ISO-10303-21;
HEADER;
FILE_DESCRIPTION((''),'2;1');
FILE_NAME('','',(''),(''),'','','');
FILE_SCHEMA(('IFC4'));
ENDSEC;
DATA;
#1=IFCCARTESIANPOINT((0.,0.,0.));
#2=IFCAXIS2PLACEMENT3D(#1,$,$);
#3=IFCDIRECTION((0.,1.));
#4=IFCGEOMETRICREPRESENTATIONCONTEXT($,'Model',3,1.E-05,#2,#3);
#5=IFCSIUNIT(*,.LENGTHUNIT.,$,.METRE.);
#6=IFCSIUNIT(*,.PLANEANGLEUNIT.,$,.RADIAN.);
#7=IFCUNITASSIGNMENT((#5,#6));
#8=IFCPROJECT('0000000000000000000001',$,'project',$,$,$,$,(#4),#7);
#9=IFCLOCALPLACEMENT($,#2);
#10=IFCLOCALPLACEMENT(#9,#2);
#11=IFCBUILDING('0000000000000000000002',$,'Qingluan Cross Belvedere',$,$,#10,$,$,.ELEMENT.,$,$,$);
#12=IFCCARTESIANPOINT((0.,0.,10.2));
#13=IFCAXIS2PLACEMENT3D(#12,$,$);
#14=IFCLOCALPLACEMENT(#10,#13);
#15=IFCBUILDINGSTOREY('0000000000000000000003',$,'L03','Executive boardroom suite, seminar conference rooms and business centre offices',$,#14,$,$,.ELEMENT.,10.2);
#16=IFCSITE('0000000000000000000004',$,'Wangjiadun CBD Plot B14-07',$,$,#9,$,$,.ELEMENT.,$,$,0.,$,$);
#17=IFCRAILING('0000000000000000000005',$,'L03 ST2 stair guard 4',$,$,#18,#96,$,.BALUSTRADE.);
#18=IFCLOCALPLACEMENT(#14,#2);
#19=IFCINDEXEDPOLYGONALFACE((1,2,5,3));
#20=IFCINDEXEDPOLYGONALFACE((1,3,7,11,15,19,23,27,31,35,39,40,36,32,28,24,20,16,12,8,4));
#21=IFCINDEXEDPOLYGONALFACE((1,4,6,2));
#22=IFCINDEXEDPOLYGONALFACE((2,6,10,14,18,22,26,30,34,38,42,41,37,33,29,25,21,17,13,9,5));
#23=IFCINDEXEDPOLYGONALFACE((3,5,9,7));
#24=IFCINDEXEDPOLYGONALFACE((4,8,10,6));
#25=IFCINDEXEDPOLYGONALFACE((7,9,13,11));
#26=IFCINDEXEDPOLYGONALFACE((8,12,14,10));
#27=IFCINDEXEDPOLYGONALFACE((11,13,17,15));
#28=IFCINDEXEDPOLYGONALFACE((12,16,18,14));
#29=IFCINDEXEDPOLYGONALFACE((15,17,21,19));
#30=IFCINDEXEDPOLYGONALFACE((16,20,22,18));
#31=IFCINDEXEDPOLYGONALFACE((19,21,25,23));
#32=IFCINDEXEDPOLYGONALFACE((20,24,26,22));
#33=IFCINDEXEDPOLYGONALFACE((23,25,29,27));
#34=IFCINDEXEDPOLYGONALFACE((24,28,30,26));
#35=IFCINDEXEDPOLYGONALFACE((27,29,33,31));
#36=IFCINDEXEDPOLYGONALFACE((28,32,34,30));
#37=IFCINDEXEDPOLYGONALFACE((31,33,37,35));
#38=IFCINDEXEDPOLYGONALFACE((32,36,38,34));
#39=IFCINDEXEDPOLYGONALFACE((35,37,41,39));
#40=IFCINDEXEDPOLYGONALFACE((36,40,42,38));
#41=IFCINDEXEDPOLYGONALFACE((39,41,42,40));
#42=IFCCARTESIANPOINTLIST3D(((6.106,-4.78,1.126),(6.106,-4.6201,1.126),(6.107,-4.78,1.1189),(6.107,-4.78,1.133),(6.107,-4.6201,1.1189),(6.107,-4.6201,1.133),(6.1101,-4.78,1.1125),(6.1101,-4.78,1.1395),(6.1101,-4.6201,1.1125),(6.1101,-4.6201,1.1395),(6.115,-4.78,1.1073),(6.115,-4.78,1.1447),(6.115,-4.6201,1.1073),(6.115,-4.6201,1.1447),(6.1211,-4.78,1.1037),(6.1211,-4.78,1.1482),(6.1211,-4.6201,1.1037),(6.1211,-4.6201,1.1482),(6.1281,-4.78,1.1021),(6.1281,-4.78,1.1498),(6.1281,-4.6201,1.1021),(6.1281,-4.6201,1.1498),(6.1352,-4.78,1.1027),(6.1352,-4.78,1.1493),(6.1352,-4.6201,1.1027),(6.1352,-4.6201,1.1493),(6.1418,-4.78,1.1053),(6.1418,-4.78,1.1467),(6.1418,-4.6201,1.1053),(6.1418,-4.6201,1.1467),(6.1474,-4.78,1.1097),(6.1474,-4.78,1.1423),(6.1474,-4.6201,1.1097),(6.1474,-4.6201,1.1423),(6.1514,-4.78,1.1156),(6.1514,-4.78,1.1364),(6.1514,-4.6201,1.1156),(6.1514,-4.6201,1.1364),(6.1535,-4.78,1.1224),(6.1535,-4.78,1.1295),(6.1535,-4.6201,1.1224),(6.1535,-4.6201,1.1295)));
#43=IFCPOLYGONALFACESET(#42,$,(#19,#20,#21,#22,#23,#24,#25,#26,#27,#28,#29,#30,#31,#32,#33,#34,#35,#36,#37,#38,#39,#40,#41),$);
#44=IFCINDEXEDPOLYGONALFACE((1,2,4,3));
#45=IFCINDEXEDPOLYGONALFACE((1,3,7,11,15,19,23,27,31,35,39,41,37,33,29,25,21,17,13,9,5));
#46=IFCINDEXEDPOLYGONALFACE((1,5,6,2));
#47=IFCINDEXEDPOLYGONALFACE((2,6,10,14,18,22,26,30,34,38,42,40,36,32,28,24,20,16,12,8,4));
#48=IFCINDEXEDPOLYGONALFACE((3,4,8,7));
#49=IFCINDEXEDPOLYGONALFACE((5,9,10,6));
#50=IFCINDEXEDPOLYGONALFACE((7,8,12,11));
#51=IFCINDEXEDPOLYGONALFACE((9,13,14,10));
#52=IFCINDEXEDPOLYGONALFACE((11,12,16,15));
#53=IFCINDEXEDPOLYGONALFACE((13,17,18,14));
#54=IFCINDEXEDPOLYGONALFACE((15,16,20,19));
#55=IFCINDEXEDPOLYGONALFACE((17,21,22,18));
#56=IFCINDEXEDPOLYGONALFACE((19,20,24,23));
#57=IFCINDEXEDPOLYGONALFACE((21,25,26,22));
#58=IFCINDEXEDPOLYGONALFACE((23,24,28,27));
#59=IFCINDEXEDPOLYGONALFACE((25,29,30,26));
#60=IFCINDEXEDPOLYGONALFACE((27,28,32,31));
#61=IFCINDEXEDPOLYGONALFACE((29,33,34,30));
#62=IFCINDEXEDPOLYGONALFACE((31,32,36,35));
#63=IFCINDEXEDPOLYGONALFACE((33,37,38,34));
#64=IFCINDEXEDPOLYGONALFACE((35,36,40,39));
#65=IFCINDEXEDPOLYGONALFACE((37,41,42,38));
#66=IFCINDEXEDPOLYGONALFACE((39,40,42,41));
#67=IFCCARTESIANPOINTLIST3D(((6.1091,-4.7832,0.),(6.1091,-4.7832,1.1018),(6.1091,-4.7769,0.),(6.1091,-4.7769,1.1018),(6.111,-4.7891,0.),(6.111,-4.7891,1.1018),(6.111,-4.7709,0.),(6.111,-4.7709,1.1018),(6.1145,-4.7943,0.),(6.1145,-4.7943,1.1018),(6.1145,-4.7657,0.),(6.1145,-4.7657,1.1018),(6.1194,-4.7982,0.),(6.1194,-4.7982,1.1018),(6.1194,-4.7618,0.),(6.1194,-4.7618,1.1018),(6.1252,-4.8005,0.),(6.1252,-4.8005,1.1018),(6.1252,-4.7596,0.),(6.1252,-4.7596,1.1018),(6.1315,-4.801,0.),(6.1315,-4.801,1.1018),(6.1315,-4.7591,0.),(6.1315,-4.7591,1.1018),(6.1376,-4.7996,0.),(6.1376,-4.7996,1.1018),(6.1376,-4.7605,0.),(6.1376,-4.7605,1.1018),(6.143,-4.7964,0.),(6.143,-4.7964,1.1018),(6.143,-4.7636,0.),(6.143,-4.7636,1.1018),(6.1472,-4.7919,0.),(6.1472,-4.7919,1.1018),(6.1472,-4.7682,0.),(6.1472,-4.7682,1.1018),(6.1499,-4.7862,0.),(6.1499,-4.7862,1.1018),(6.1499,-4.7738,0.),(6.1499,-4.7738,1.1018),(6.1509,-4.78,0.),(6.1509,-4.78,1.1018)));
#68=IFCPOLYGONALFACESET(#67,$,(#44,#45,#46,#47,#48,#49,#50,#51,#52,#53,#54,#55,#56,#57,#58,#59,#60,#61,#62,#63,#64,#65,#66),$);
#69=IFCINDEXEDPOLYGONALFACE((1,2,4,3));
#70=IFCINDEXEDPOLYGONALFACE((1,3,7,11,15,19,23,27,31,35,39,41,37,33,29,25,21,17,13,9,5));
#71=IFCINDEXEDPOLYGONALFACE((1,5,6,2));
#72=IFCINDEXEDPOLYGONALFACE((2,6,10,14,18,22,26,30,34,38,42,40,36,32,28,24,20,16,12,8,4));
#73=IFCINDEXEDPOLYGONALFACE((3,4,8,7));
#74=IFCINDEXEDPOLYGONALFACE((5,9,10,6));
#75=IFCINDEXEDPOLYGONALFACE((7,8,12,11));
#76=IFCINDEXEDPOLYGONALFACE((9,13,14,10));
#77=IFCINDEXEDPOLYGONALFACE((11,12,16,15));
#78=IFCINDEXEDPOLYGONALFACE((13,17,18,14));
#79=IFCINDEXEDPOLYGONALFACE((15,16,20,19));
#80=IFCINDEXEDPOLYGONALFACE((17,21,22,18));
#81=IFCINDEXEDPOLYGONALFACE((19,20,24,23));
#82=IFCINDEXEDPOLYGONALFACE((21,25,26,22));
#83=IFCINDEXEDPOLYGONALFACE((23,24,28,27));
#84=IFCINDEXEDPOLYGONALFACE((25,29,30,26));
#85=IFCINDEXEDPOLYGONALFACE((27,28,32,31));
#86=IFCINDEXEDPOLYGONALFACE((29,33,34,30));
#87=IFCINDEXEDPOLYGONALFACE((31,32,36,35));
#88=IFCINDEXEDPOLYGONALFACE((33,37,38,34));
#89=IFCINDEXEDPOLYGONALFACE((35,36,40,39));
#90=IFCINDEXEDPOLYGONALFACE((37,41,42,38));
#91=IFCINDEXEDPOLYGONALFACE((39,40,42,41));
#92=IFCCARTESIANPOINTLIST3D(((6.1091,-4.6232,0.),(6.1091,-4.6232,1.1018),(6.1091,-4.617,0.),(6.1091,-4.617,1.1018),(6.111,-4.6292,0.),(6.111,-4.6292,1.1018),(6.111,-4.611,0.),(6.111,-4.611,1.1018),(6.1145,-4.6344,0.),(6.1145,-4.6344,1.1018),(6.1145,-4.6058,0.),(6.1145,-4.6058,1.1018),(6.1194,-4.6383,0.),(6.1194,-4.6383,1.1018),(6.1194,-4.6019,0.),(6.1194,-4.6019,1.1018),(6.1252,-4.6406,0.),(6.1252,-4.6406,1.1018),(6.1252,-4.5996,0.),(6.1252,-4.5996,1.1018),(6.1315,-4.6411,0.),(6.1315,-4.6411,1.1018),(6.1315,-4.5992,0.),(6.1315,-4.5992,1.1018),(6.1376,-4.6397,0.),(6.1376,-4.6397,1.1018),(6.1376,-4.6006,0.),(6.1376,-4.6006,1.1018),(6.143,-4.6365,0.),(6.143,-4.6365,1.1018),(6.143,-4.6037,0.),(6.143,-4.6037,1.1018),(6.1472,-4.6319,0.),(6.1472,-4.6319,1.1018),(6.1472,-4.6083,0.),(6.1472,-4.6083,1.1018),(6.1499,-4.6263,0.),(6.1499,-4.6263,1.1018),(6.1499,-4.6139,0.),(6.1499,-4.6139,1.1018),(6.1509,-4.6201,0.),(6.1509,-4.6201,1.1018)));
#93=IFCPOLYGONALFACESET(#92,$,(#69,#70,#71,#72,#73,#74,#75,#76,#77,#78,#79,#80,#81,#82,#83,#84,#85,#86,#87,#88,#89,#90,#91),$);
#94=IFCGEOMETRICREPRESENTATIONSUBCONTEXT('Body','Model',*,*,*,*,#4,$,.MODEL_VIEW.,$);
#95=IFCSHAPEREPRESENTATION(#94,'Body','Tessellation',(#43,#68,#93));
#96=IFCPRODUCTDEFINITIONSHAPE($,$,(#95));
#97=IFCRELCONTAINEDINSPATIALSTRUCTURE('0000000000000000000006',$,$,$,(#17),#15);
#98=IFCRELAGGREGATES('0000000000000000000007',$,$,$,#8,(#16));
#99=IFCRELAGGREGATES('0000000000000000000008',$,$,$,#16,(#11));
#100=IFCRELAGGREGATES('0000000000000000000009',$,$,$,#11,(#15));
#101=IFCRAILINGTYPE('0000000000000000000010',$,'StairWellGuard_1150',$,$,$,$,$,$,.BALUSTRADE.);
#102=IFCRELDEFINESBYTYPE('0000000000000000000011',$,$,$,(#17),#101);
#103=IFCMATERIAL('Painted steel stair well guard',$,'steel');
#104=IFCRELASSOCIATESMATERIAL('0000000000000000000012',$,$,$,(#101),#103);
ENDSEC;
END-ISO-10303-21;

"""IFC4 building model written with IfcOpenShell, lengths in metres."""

from ifc_helpers import new_model, si_unit, direction, frame, origin, origin_2d, place, context, subcontext, project, spatial, circle, extrude, material, type_object, element, save


model = new_model("IFC4")

# Units and contexts
model_context = context("Model", 3, precision=1e-05, world=origin(), true_north=direction((0.0, 1.0)))
body_context = subcontext(model_context, "Body", "Model", "MODEL_VIEW")
ifc_project = project(units=[si_unit("LENGTHUNIT", "METRE"), si_unit("PLANEANGLEUNIT", "RADIAN")], contexts=[model_context])

# Site, building, storey
site_placement = place(None, origin())
site = spatial("IfcSite", under=ifc_project, at=site_placement, Name="Wangjiadun CBD Plot B14-07", CompositionType="ELEMENT", RefElevation=0.0)
building_placement = place(site_placement, origin())
building = spatial("IfcBuilding", under=site, at=building_placement, Name="Qingluan Cross Belvedere", CompositionType="ELEMENT")
storey_placement = place(building_placement, frame((0.0, 0.0, 10.2)))
storey = spatial("IfcBuildingStorey", under=building, at=storey_placement, Name="L03", Description="Executive boardroom suite, seminar conference rooms and business centre offices", CompositionType="ELEMENT", Elevation=10.2)

# Railing
ifc_material_1 = material(Name="Painted steel stair well guard", Category="steel")
railing_type_1 = type_object("IfcRailingType", Name="StairWellGuard_1150", PredefinedType="BALUSTRADE", material=ifc_material_1)
railing_1_placement = place(storey_placement, frame((6.1299, -4.78, 0.0)))
element("IfcRailing", 1, at=railing_1_placement, inside=storey, type_object=railing_type_1, Name="L03 ST2 stair guard 4", PredefinedType="BALUSTRADE", context=body_context, shape_type="SweptSolid", body=[
    extrude(circle(Radius=0.0239, at=origin_2d()), frame((0.0, 0.0, 1.126), z_axis=(0.0, 1.0, 0.0), x_axis=(-1.0, 0.0, 0.0)), (0.0, 0.0, 1.0), 0.1599),
    extrude(circle(Radius=0.021, at=origin_2d()), origin(), (0.0, 0.0, 1.0), 1.1018),
    extrude(circle(Radius=0.021, at=origin_2d()), frame((0.0, 0.1599, 0.0)), (0.0, 0.0, 1.0), 1.1018),
])

save(model, "model.ifc")
